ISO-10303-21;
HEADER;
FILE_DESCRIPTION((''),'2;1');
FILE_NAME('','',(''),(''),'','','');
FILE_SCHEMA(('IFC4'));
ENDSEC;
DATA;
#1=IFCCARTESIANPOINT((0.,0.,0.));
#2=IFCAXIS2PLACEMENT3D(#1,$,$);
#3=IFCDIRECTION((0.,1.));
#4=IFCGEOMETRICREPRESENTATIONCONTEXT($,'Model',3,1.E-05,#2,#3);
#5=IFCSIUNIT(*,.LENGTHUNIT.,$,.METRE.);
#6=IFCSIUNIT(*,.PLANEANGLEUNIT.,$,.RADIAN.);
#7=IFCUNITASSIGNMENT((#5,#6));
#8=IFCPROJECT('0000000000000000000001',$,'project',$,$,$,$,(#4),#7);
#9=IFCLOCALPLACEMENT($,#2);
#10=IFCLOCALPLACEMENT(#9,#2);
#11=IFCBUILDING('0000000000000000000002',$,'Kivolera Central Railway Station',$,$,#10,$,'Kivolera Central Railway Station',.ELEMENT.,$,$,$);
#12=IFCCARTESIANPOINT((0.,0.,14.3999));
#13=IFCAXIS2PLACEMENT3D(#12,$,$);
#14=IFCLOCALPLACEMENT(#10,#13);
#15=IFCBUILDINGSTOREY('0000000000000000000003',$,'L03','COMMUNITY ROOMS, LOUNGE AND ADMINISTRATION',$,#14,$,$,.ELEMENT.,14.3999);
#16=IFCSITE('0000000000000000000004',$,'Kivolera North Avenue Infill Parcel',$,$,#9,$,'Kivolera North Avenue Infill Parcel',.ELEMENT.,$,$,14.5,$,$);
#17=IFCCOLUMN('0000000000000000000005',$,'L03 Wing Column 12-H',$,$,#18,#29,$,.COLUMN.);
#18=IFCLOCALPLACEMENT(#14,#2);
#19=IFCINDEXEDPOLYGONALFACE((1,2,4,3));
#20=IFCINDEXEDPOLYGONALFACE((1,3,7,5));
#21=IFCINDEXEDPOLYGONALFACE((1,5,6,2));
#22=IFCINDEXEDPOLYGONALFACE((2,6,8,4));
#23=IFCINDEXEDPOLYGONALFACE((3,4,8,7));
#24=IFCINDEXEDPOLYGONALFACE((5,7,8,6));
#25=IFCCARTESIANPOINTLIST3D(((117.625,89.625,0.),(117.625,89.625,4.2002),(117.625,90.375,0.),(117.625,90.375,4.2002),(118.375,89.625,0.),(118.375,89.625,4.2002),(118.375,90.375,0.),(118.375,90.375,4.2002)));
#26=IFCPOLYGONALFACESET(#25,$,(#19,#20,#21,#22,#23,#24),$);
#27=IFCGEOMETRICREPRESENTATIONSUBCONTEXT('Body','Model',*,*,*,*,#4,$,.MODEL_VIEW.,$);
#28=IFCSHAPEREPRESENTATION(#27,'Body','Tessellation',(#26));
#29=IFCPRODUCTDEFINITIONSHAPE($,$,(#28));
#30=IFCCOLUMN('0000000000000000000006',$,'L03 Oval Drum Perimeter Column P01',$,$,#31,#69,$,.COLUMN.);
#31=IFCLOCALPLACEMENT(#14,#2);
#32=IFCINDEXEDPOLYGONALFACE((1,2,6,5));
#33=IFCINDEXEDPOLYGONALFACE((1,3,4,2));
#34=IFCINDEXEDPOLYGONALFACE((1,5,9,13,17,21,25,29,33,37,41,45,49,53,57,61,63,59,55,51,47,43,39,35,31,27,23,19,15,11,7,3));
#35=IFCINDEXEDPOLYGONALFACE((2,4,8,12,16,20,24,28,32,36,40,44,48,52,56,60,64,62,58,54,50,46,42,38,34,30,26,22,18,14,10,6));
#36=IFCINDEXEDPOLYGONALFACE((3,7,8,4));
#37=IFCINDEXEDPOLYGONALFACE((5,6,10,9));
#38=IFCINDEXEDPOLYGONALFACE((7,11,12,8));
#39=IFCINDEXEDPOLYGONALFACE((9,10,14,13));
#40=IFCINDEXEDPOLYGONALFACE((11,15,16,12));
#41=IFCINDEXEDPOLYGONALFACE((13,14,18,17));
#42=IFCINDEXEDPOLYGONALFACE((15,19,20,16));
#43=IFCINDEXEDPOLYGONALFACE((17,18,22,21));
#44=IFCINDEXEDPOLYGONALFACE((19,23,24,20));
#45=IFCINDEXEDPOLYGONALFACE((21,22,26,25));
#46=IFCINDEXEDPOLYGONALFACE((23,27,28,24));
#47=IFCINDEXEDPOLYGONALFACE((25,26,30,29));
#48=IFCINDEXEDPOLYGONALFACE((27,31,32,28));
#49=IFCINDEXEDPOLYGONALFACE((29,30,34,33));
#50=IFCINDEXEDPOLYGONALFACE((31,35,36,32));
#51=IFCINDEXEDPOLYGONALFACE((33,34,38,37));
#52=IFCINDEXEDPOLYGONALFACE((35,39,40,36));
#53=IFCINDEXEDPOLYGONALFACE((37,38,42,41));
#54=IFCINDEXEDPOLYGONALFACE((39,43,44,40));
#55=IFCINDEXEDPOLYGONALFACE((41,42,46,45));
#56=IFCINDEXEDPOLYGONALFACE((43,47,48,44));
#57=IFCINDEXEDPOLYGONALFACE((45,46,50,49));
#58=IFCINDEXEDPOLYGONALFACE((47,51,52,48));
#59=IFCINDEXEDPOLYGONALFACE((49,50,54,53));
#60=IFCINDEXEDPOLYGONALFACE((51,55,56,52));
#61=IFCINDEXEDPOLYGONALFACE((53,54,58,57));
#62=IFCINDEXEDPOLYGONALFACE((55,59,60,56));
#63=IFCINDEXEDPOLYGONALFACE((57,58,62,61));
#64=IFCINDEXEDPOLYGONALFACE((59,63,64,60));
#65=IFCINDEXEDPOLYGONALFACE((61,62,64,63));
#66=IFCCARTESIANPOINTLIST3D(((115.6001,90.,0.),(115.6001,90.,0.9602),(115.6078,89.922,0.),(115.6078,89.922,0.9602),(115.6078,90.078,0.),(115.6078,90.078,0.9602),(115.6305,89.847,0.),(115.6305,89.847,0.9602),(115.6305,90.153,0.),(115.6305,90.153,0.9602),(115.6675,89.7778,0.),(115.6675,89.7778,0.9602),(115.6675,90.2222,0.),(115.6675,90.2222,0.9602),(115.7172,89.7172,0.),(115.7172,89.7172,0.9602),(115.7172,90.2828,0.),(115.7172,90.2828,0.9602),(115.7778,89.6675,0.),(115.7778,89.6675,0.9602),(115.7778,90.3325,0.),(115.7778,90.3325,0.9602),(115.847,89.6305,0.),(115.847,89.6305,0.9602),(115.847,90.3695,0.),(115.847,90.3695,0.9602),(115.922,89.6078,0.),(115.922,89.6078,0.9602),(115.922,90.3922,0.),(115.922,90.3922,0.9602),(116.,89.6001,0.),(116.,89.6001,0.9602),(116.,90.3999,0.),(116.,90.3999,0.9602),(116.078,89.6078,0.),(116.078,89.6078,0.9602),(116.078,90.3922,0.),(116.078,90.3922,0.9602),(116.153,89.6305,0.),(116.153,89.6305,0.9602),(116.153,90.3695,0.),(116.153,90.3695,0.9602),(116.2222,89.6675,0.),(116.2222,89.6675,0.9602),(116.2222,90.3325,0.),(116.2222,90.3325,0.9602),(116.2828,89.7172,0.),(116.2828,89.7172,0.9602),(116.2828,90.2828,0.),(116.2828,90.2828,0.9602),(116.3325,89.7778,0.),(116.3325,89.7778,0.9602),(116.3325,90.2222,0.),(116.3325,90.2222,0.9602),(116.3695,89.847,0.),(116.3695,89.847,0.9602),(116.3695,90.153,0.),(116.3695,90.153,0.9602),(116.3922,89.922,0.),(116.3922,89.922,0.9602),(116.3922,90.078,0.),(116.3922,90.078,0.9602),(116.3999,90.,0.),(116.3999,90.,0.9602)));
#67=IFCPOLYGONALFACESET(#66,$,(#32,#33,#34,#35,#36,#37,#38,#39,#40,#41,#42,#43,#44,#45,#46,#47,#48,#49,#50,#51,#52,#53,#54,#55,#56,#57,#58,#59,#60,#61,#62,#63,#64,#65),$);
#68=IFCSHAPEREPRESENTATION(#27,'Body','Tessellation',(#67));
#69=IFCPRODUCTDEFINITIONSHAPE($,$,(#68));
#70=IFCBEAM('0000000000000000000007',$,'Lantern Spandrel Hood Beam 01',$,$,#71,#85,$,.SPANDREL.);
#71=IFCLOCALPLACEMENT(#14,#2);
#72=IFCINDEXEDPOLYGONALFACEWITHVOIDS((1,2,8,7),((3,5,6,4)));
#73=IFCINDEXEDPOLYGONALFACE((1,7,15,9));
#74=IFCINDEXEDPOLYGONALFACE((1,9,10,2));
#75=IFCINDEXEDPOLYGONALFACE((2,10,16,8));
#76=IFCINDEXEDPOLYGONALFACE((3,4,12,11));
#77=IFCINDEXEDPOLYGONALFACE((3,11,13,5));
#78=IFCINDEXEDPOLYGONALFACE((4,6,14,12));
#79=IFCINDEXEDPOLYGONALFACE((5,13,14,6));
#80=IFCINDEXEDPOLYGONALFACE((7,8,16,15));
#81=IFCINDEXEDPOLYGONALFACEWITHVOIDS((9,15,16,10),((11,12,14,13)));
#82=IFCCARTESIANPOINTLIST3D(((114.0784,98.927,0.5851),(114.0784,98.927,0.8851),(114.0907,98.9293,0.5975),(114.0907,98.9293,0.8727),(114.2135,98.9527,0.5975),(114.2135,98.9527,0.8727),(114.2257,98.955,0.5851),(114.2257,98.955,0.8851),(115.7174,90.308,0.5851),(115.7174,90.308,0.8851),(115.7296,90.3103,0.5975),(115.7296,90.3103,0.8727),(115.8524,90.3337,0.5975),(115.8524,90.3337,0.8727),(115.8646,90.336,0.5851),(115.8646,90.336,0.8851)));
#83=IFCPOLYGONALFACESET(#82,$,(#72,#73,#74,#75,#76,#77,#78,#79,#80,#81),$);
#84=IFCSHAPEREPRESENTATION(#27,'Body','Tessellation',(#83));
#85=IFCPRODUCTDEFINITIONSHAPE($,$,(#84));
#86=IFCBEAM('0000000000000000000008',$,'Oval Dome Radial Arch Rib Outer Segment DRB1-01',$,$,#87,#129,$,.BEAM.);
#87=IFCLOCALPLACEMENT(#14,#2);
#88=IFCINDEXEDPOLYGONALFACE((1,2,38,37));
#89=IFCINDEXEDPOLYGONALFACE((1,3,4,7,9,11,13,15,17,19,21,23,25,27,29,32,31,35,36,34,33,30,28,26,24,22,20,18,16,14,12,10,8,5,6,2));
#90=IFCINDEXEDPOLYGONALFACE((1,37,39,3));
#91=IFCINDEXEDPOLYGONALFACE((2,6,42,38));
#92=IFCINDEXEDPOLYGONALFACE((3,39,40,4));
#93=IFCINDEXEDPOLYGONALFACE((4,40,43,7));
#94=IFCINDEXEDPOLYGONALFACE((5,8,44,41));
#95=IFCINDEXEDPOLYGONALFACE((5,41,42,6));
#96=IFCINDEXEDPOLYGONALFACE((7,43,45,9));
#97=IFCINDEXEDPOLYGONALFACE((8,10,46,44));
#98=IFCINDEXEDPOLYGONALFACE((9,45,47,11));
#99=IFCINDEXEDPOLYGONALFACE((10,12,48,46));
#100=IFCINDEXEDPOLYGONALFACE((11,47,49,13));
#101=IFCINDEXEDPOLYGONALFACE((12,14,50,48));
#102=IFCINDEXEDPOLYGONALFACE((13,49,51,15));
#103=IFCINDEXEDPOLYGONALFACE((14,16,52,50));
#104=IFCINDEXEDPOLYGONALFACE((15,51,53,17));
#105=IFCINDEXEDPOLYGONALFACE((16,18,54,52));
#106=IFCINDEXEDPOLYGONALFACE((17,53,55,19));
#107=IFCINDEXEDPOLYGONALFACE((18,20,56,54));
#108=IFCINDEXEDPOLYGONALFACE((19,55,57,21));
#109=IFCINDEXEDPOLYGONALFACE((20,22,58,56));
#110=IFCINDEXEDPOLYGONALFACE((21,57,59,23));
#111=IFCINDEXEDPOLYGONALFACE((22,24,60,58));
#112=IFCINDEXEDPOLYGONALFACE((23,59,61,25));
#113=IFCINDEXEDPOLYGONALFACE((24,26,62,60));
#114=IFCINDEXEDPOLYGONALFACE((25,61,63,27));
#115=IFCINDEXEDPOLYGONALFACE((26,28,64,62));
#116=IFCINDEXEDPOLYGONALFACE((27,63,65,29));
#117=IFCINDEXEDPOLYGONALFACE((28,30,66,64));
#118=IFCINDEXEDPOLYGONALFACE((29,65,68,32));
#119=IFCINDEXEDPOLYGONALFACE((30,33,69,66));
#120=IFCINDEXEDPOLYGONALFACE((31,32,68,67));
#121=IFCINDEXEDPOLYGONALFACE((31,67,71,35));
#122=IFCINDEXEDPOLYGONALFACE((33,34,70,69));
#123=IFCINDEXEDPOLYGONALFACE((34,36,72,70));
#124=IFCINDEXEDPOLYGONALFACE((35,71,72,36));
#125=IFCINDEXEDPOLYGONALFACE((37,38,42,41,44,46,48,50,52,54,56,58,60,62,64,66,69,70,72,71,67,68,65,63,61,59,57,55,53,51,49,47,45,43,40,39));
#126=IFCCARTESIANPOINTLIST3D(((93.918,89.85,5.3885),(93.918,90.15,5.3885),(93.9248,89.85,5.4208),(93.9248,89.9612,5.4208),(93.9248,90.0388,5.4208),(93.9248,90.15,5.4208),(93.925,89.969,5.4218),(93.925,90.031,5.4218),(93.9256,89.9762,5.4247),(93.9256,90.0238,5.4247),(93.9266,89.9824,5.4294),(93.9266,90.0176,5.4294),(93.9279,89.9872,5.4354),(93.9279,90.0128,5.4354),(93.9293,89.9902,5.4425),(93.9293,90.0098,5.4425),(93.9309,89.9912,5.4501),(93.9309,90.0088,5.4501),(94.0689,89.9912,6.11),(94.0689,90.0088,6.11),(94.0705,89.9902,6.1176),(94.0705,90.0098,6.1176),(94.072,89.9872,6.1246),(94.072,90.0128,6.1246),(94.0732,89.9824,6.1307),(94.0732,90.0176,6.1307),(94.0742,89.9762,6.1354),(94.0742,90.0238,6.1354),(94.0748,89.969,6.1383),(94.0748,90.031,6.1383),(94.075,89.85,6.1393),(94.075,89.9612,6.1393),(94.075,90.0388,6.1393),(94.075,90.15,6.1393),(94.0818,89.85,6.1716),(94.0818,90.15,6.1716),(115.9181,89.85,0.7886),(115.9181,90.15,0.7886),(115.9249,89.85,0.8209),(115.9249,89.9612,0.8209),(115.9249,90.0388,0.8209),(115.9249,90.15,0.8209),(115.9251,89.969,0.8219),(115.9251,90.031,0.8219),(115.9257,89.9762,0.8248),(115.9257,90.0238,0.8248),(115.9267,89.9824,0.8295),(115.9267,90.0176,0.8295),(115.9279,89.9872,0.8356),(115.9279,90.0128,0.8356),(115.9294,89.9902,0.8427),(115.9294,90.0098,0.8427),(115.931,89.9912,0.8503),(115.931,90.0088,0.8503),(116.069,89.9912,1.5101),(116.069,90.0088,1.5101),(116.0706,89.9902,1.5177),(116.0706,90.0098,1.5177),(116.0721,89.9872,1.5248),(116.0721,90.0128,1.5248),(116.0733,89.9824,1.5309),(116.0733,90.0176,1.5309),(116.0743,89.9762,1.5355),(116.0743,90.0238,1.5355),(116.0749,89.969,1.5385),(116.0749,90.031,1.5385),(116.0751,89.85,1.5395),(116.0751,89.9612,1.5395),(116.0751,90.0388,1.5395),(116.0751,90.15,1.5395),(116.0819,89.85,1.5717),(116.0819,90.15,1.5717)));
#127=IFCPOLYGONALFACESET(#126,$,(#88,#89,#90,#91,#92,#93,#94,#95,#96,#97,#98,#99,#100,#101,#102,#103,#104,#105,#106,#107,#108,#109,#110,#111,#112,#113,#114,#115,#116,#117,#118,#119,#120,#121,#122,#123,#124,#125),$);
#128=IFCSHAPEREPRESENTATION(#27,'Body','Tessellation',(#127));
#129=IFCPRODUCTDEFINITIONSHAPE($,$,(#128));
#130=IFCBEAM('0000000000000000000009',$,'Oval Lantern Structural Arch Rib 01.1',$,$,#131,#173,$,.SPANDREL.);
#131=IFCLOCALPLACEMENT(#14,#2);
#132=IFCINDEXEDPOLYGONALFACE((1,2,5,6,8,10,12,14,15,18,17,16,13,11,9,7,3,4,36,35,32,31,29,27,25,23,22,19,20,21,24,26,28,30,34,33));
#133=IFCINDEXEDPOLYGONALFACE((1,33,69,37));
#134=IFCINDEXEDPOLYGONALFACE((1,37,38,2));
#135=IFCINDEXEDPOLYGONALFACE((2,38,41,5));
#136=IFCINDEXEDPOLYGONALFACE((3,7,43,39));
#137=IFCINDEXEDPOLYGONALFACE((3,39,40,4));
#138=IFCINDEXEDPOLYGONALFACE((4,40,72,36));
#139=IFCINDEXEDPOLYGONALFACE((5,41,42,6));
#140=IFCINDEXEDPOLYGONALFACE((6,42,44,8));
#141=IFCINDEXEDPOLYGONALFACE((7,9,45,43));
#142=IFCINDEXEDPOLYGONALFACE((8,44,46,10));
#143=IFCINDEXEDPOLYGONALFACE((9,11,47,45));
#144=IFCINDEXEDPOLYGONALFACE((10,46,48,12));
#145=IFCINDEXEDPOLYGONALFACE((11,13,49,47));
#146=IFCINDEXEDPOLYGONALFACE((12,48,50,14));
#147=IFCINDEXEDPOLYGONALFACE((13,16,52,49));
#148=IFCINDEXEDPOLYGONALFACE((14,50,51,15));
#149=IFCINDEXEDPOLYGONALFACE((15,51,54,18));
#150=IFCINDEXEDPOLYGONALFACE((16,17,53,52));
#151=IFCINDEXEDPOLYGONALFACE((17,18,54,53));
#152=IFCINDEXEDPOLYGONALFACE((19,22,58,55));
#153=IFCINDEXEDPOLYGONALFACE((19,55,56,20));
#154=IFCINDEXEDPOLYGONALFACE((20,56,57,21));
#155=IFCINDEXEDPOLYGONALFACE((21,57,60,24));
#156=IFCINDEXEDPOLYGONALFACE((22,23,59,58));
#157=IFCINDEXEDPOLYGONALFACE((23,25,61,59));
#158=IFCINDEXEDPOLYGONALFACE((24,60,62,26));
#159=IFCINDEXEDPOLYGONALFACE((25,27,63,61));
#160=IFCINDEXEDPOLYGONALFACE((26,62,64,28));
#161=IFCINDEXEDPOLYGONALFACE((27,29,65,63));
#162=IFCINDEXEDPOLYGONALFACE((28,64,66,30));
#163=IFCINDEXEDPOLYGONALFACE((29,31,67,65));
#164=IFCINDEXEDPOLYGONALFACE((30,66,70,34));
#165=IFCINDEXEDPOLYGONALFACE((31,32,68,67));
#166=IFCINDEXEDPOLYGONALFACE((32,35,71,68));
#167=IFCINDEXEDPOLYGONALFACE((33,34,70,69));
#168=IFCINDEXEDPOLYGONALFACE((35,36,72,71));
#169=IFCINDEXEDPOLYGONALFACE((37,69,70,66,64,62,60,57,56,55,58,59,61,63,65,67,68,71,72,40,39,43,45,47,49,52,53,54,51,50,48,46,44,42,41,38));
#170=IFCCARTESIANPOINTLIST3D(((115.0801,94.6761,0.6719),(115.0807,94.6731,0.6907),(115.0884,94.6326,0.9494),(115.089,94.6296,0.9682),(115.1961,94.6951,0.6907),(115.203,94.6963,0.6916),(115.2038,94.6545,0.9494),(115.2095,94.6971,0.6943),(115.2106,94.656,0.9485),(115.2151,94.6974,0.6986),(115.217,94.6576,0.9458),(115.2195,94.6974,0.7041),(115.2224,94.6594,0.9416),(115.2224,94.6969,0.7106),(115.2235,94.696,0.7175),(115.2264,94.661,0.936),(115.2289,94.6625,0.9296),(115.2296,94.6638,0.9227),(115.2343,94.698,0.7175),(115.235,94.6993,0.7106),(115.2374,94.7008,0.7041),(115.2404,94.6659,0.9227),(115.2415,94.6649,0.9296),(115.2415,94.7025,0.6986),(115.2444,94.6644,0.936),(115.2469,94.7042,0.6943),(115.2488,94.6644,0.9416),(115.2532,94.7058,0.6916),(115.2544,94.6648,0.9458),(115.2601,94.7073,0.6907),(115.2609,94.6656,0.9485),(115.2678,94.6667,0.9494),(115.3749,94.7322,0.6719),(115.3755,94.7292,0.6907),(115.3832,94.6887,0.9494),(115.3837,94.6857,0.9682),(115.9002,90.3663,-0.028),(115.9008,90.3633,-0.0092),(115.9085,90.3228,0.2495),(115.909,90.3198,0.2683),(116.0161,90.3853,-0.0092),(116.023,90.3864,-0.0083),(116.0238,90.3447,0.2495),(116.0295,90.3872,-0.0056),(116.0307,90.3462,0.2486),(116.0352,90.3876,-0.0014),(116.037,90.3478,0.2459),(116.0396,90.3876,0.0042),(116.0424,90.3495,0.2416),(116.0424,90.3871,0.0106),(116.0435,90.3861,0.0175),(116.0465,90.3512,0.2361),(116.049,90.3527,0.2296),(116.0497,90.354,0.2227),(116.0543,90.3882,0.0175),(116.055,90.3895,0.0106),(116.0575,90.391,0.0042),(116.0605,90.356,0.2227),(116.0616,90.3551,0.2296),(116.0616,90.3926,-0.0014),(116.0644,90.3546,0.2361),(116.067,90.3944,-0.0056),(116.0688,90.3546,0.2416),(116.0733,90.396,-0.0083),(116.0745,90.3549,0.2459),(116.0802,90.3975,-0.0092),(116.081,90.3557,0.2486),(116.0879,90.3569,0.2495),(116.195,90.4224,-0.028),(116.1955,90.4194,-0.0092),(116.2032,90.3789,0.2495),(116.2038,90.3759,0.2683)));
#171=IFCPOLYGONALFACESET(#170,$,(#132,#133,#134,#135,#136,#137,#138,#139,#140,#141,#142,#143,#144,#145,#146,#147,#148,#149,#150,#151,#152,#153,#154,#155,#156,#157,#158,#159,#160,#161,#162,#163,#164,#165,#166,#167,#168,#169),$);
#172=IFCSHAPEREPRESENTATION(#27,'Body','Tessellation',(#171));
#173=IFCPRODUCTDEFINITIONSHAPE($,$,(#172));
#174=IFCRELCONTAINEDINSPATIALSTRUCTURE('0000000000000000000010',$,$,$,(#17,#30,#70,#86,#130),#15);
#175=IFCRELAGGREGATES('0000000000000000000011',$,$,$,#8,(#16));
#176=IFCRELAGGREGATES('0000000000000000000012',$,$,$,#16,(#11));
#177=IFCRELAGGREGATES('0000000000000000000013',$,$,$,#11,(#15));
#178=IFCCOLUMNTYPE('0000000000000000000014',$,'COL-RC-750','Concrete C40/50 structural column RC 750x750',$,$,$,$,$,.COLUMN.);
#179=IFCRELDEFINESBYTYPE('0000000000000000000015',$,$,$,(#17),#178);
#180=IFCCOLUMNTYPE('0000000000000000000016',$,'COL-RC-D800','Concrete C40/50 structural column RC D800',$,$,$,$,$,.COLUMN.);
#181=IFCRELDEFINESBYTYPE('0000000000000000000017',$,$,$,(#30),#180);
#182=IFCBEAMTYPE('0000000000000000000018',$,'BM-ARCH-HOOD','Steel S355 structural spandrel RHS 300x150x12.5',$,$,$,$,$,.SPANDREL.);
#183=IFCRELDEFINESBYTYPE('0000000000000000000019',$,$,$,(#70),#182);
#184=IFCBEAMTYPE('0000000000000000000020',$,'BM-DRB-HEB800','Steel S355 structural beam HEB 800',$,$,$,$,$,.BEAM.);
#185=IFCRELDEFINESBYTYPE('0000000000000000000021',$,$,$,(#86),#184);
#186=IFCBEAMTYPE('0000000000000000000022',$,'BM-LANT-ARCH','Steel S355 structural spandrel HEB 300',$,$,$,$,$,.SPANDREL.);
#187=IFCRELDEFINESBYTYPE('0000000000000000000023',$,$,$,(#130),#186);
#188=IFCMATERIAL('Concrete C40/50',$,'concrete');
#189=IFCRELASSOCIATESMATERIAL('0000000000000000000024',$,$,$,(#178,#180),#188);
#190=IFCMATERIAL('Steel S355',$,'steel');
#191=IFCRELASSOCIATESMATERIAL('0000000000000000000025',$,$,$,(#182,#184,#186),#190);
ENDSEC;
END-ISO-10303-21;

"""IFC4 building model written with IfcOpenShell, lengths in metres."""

from ifc_helpers import new_model, si_unit, direction, frame, origin, origin_2d, place, context, subcontext, project, spatial, rectangle, hollow_rectangle, circle, i_section, extrude, material, material_profile, profile_set, type_object, element, save


model = new_model("IFC4")

# Units and contexts
model_context = context("Model", 3, precision=1e-05, world=origin(), true_north=direction((0.0, 1.0)))
body_context = subcontext(model_context, "Body", "Model", "MODEL_VIEW")
ifc_project = project(units=[si_unit("LENGTHUNIT", "METRE"), si_unit("PLANEANGLEUNIT", "RADIAN")], contexts=[model_context])

# Site, building, storey
site_placement = place(None, origin())
site = spatial("IfcSite", under=ifc_project, at=site_placement, Name="Kivolera North Avenue Infill Parcel", LongName="Kivolera North Avenue Infill Parcel", CompositionType="ELEMENT", RefElevation=14.5)
building_placement = place(site_placement, origin())
building = spatial("IfcBuilding", under=site, at=building_placement, Name="Kivolera Central Railway Station", LongName="Kivolera Central Railway Station", CompositionType="ELEMENT")
storey_placement = place(building_placement, frame((0.0, 0.0, 14.3999)))
storey = spatial("IfcBuildingStorey", under=building, at=storey_placement, Name="L03", Description="COMMUNITY ROOMS, LOUNGE AND ADMINISTRATION", CompositionType="ELEMENT", Elevation=14.3999)

# Columns
ifc_material_1 = material(Name="Concrete C40/50", Category="concrete")
ifc_material_profile_1 = material_profile(ifc_material_1, rectangle(XDim=0.75, YDim=0.75, at=origin_2d()), Name="RC 750x750")
ifc_profile_set_1 = profile_set([ifc_material_profile_1], Name="Concrete C40/50")
column_type_1 = type_object("IfcColumnType", Name="COL-RC-750", Description="Concrete C40/50 structural column RC 750x750", PredefinedType="COLUMN", material=ifc_profile_set_1)
column_1_placement = place(storey_placement, frame((118.0, 90.0, 0.0), z_axis=(0.0, 0.0, 1.0), x_axis=(1.0, 0.0, 0.0)))
element("IfcColumn", 1, at=column_1_placement, inside=storey, type_object=column_type_1, Name="L03 Wing Column 12-H", PredefinedType="COLUMN", context=body_context, shape_type="SweptSolid", body=[
    extrude(rectangle(XDim=0.75, YDim=0.75, at=origin_2d()), origin(), (0.0, 0.0, 1.0), 4.2002),
])
ifc_material_profile_2 = material_profile(ifc_material_1, circle(Radius=0.3999, at=origin_2d()), Name="RC D800")
ifc_profile_set_2 = profile_set([ifc_material_profile_2], Name="Concrete C40/50")
column_type_2 = type_object("IfcColumnType", Name="COL-RC-D800", Description="Concrete C40/50 structural column RC D800", PredefinedType="COLUMN", material=ifc_profile_set_2)
column_2_placement = place(storey_placement, frame((116.0, 90.0, 0.0), z_axis=(0.0, 0.0, 1.0), x_axis=(1.0, 0.0, 0.0)))
element("IfcColumn", 2, at=column_2_placement, inside=storey, type_object=column_type_2, Name="L03 Oval Drum Perimeter Column P01", PredefinedType="COLUMN", context=body_context, shape_type="SweptSolid", body=[
    extrude(circle(Radius=0.3999, at=origin_2d()), origin(), (0.0, 0.0, 1.0), 0.9602),
])

# Beams
ifc_material_2 = material(Name="Steel S355", Category="steel")
ifc_material_profile_3 = material_profile(ifc_material_2, hollow_rectangle(XDim=0.1499, YDim=0.3, WallThickness=0.0125, at=origin_2d()), Name="RHS 300x150x12.5")
ifc_profile_set_3 = profile_set([ifc_material_profile_3], Name="Steel S355")
beam_type_1 = type_object("IfcBeamType", Name="BM-ARCH-HOOD", Description="Steel S355 structural spandrel RHS 300x150x12.5", PredefinedType="SPANDREL", material=ifc_profile_set_3)
beam_1_placement = place(storey_placement, frame((115.791, 90.322, 0.7351), z_axis=(-0.186806, 0.982397, 0.0), x_axis=(-0.982397, -0.186806, 0.0)))
element("IfcBeam", 3, at=beam_1_placement, inside=storey, type_object=beam_type_1, Name="Lantern Spandrel Hood Beam 01", PredefinedType="SPANDREL", context=body_context, shape_type="SweptSolid", body=[
    extrude(hollow_rectangle(XDim=0.1499, YDim=0.3, WallThickness=0.0125, at=origin_2d()), origin(), (0.0, 0.0, 1.0), 8.7734),
])
ifc_material_profile_4 = material_profile(ifc_material_2, i_section(OverallWidth=0.3, OverallDepth=0.8, WebThickness=0.0176, FlangeThickness=0.033, FilletRadius=0.03, at=origin_2d()), Name="HEB 800")
ifc_profile_set_4 = profile_set([ifc_material_profile_4], Name="Steel S355")
beam_type_2 = type_object("IfcBeamType", Name="BM-DRB-HEB800", Description="Steel S355 structural beam HEB 800", PredefinedType="BEAM", material=ifc_profile_set_4)
beam_2_placement = place(storey_placement, frame((116.0, 90.0, 1.1802), z_axis=(-0.978833, 0.0, 0.204659), x_axis=(0.0, -1.0, 0.0)))
element("IfcBeam", 4, at=beam_2_placement, inside=storey, type_object=beam_type_2, Name="Oval Dome Radial Arch Rib Outer Segment DRB1-01", PredefinedType="BEAM", context=body_context, shape_type="SweptSolid", body=[
    extrude(i_section(OverallWidth=0.3, OverallDepth=0.8, WebThickness=0.0176, FlangeThickness=0.033, FilletRadius=0.03, at=origin_2d()), origin(), (0.0, 0.0, 1.0), 22.4758),
])
ifc_material_profile_5 = material_profile(ifc_material_2, i_section(OverallWidth=0.3, OverallDepth=0.3, WebThickness=0.011, FlangeThickness=0.019, FilletRadius=0.0271, at=origin_2d()), Name="HEB 300")
ifc_profile_set_5 = profile_set([ifc_material_profile_5], Name="Steel S355")
beam_type_3 = type_object("IfcBeamType", Name="BM-LANT-ARCH", Description="Steel S355 structural spandrel HEB 300", PredefinedType="SPANDREL", material=ifc_profile_set_5)
beam_3_placement = place(storey_placement, frame((116.052, 90.3711, 0.1201), z_axis=(-0.184591, 0.970105, 0.157553), x_axis=(-0.982374, -0.186925, 0.0)))
element("IfcBeam", 5, at=beam_3_placement, inside=storey, type_object=beam_type_3, Name="Oval Lantern Structural Arch Rib 01.1", PredefinedType="SPANDREL", context=body_context, shape_type="SweptSolid", body=[
    extrude(i_section(OverallWidth=0.3, OverallDepth=0.3, WebThickness=0.011, FlangeThickness=0.019, FilletRadius=0.0271, at=origin_2d()), origin(), (0.0, 0.0, 1.0), 4.4426),
])

save(model, "model.ifc")
